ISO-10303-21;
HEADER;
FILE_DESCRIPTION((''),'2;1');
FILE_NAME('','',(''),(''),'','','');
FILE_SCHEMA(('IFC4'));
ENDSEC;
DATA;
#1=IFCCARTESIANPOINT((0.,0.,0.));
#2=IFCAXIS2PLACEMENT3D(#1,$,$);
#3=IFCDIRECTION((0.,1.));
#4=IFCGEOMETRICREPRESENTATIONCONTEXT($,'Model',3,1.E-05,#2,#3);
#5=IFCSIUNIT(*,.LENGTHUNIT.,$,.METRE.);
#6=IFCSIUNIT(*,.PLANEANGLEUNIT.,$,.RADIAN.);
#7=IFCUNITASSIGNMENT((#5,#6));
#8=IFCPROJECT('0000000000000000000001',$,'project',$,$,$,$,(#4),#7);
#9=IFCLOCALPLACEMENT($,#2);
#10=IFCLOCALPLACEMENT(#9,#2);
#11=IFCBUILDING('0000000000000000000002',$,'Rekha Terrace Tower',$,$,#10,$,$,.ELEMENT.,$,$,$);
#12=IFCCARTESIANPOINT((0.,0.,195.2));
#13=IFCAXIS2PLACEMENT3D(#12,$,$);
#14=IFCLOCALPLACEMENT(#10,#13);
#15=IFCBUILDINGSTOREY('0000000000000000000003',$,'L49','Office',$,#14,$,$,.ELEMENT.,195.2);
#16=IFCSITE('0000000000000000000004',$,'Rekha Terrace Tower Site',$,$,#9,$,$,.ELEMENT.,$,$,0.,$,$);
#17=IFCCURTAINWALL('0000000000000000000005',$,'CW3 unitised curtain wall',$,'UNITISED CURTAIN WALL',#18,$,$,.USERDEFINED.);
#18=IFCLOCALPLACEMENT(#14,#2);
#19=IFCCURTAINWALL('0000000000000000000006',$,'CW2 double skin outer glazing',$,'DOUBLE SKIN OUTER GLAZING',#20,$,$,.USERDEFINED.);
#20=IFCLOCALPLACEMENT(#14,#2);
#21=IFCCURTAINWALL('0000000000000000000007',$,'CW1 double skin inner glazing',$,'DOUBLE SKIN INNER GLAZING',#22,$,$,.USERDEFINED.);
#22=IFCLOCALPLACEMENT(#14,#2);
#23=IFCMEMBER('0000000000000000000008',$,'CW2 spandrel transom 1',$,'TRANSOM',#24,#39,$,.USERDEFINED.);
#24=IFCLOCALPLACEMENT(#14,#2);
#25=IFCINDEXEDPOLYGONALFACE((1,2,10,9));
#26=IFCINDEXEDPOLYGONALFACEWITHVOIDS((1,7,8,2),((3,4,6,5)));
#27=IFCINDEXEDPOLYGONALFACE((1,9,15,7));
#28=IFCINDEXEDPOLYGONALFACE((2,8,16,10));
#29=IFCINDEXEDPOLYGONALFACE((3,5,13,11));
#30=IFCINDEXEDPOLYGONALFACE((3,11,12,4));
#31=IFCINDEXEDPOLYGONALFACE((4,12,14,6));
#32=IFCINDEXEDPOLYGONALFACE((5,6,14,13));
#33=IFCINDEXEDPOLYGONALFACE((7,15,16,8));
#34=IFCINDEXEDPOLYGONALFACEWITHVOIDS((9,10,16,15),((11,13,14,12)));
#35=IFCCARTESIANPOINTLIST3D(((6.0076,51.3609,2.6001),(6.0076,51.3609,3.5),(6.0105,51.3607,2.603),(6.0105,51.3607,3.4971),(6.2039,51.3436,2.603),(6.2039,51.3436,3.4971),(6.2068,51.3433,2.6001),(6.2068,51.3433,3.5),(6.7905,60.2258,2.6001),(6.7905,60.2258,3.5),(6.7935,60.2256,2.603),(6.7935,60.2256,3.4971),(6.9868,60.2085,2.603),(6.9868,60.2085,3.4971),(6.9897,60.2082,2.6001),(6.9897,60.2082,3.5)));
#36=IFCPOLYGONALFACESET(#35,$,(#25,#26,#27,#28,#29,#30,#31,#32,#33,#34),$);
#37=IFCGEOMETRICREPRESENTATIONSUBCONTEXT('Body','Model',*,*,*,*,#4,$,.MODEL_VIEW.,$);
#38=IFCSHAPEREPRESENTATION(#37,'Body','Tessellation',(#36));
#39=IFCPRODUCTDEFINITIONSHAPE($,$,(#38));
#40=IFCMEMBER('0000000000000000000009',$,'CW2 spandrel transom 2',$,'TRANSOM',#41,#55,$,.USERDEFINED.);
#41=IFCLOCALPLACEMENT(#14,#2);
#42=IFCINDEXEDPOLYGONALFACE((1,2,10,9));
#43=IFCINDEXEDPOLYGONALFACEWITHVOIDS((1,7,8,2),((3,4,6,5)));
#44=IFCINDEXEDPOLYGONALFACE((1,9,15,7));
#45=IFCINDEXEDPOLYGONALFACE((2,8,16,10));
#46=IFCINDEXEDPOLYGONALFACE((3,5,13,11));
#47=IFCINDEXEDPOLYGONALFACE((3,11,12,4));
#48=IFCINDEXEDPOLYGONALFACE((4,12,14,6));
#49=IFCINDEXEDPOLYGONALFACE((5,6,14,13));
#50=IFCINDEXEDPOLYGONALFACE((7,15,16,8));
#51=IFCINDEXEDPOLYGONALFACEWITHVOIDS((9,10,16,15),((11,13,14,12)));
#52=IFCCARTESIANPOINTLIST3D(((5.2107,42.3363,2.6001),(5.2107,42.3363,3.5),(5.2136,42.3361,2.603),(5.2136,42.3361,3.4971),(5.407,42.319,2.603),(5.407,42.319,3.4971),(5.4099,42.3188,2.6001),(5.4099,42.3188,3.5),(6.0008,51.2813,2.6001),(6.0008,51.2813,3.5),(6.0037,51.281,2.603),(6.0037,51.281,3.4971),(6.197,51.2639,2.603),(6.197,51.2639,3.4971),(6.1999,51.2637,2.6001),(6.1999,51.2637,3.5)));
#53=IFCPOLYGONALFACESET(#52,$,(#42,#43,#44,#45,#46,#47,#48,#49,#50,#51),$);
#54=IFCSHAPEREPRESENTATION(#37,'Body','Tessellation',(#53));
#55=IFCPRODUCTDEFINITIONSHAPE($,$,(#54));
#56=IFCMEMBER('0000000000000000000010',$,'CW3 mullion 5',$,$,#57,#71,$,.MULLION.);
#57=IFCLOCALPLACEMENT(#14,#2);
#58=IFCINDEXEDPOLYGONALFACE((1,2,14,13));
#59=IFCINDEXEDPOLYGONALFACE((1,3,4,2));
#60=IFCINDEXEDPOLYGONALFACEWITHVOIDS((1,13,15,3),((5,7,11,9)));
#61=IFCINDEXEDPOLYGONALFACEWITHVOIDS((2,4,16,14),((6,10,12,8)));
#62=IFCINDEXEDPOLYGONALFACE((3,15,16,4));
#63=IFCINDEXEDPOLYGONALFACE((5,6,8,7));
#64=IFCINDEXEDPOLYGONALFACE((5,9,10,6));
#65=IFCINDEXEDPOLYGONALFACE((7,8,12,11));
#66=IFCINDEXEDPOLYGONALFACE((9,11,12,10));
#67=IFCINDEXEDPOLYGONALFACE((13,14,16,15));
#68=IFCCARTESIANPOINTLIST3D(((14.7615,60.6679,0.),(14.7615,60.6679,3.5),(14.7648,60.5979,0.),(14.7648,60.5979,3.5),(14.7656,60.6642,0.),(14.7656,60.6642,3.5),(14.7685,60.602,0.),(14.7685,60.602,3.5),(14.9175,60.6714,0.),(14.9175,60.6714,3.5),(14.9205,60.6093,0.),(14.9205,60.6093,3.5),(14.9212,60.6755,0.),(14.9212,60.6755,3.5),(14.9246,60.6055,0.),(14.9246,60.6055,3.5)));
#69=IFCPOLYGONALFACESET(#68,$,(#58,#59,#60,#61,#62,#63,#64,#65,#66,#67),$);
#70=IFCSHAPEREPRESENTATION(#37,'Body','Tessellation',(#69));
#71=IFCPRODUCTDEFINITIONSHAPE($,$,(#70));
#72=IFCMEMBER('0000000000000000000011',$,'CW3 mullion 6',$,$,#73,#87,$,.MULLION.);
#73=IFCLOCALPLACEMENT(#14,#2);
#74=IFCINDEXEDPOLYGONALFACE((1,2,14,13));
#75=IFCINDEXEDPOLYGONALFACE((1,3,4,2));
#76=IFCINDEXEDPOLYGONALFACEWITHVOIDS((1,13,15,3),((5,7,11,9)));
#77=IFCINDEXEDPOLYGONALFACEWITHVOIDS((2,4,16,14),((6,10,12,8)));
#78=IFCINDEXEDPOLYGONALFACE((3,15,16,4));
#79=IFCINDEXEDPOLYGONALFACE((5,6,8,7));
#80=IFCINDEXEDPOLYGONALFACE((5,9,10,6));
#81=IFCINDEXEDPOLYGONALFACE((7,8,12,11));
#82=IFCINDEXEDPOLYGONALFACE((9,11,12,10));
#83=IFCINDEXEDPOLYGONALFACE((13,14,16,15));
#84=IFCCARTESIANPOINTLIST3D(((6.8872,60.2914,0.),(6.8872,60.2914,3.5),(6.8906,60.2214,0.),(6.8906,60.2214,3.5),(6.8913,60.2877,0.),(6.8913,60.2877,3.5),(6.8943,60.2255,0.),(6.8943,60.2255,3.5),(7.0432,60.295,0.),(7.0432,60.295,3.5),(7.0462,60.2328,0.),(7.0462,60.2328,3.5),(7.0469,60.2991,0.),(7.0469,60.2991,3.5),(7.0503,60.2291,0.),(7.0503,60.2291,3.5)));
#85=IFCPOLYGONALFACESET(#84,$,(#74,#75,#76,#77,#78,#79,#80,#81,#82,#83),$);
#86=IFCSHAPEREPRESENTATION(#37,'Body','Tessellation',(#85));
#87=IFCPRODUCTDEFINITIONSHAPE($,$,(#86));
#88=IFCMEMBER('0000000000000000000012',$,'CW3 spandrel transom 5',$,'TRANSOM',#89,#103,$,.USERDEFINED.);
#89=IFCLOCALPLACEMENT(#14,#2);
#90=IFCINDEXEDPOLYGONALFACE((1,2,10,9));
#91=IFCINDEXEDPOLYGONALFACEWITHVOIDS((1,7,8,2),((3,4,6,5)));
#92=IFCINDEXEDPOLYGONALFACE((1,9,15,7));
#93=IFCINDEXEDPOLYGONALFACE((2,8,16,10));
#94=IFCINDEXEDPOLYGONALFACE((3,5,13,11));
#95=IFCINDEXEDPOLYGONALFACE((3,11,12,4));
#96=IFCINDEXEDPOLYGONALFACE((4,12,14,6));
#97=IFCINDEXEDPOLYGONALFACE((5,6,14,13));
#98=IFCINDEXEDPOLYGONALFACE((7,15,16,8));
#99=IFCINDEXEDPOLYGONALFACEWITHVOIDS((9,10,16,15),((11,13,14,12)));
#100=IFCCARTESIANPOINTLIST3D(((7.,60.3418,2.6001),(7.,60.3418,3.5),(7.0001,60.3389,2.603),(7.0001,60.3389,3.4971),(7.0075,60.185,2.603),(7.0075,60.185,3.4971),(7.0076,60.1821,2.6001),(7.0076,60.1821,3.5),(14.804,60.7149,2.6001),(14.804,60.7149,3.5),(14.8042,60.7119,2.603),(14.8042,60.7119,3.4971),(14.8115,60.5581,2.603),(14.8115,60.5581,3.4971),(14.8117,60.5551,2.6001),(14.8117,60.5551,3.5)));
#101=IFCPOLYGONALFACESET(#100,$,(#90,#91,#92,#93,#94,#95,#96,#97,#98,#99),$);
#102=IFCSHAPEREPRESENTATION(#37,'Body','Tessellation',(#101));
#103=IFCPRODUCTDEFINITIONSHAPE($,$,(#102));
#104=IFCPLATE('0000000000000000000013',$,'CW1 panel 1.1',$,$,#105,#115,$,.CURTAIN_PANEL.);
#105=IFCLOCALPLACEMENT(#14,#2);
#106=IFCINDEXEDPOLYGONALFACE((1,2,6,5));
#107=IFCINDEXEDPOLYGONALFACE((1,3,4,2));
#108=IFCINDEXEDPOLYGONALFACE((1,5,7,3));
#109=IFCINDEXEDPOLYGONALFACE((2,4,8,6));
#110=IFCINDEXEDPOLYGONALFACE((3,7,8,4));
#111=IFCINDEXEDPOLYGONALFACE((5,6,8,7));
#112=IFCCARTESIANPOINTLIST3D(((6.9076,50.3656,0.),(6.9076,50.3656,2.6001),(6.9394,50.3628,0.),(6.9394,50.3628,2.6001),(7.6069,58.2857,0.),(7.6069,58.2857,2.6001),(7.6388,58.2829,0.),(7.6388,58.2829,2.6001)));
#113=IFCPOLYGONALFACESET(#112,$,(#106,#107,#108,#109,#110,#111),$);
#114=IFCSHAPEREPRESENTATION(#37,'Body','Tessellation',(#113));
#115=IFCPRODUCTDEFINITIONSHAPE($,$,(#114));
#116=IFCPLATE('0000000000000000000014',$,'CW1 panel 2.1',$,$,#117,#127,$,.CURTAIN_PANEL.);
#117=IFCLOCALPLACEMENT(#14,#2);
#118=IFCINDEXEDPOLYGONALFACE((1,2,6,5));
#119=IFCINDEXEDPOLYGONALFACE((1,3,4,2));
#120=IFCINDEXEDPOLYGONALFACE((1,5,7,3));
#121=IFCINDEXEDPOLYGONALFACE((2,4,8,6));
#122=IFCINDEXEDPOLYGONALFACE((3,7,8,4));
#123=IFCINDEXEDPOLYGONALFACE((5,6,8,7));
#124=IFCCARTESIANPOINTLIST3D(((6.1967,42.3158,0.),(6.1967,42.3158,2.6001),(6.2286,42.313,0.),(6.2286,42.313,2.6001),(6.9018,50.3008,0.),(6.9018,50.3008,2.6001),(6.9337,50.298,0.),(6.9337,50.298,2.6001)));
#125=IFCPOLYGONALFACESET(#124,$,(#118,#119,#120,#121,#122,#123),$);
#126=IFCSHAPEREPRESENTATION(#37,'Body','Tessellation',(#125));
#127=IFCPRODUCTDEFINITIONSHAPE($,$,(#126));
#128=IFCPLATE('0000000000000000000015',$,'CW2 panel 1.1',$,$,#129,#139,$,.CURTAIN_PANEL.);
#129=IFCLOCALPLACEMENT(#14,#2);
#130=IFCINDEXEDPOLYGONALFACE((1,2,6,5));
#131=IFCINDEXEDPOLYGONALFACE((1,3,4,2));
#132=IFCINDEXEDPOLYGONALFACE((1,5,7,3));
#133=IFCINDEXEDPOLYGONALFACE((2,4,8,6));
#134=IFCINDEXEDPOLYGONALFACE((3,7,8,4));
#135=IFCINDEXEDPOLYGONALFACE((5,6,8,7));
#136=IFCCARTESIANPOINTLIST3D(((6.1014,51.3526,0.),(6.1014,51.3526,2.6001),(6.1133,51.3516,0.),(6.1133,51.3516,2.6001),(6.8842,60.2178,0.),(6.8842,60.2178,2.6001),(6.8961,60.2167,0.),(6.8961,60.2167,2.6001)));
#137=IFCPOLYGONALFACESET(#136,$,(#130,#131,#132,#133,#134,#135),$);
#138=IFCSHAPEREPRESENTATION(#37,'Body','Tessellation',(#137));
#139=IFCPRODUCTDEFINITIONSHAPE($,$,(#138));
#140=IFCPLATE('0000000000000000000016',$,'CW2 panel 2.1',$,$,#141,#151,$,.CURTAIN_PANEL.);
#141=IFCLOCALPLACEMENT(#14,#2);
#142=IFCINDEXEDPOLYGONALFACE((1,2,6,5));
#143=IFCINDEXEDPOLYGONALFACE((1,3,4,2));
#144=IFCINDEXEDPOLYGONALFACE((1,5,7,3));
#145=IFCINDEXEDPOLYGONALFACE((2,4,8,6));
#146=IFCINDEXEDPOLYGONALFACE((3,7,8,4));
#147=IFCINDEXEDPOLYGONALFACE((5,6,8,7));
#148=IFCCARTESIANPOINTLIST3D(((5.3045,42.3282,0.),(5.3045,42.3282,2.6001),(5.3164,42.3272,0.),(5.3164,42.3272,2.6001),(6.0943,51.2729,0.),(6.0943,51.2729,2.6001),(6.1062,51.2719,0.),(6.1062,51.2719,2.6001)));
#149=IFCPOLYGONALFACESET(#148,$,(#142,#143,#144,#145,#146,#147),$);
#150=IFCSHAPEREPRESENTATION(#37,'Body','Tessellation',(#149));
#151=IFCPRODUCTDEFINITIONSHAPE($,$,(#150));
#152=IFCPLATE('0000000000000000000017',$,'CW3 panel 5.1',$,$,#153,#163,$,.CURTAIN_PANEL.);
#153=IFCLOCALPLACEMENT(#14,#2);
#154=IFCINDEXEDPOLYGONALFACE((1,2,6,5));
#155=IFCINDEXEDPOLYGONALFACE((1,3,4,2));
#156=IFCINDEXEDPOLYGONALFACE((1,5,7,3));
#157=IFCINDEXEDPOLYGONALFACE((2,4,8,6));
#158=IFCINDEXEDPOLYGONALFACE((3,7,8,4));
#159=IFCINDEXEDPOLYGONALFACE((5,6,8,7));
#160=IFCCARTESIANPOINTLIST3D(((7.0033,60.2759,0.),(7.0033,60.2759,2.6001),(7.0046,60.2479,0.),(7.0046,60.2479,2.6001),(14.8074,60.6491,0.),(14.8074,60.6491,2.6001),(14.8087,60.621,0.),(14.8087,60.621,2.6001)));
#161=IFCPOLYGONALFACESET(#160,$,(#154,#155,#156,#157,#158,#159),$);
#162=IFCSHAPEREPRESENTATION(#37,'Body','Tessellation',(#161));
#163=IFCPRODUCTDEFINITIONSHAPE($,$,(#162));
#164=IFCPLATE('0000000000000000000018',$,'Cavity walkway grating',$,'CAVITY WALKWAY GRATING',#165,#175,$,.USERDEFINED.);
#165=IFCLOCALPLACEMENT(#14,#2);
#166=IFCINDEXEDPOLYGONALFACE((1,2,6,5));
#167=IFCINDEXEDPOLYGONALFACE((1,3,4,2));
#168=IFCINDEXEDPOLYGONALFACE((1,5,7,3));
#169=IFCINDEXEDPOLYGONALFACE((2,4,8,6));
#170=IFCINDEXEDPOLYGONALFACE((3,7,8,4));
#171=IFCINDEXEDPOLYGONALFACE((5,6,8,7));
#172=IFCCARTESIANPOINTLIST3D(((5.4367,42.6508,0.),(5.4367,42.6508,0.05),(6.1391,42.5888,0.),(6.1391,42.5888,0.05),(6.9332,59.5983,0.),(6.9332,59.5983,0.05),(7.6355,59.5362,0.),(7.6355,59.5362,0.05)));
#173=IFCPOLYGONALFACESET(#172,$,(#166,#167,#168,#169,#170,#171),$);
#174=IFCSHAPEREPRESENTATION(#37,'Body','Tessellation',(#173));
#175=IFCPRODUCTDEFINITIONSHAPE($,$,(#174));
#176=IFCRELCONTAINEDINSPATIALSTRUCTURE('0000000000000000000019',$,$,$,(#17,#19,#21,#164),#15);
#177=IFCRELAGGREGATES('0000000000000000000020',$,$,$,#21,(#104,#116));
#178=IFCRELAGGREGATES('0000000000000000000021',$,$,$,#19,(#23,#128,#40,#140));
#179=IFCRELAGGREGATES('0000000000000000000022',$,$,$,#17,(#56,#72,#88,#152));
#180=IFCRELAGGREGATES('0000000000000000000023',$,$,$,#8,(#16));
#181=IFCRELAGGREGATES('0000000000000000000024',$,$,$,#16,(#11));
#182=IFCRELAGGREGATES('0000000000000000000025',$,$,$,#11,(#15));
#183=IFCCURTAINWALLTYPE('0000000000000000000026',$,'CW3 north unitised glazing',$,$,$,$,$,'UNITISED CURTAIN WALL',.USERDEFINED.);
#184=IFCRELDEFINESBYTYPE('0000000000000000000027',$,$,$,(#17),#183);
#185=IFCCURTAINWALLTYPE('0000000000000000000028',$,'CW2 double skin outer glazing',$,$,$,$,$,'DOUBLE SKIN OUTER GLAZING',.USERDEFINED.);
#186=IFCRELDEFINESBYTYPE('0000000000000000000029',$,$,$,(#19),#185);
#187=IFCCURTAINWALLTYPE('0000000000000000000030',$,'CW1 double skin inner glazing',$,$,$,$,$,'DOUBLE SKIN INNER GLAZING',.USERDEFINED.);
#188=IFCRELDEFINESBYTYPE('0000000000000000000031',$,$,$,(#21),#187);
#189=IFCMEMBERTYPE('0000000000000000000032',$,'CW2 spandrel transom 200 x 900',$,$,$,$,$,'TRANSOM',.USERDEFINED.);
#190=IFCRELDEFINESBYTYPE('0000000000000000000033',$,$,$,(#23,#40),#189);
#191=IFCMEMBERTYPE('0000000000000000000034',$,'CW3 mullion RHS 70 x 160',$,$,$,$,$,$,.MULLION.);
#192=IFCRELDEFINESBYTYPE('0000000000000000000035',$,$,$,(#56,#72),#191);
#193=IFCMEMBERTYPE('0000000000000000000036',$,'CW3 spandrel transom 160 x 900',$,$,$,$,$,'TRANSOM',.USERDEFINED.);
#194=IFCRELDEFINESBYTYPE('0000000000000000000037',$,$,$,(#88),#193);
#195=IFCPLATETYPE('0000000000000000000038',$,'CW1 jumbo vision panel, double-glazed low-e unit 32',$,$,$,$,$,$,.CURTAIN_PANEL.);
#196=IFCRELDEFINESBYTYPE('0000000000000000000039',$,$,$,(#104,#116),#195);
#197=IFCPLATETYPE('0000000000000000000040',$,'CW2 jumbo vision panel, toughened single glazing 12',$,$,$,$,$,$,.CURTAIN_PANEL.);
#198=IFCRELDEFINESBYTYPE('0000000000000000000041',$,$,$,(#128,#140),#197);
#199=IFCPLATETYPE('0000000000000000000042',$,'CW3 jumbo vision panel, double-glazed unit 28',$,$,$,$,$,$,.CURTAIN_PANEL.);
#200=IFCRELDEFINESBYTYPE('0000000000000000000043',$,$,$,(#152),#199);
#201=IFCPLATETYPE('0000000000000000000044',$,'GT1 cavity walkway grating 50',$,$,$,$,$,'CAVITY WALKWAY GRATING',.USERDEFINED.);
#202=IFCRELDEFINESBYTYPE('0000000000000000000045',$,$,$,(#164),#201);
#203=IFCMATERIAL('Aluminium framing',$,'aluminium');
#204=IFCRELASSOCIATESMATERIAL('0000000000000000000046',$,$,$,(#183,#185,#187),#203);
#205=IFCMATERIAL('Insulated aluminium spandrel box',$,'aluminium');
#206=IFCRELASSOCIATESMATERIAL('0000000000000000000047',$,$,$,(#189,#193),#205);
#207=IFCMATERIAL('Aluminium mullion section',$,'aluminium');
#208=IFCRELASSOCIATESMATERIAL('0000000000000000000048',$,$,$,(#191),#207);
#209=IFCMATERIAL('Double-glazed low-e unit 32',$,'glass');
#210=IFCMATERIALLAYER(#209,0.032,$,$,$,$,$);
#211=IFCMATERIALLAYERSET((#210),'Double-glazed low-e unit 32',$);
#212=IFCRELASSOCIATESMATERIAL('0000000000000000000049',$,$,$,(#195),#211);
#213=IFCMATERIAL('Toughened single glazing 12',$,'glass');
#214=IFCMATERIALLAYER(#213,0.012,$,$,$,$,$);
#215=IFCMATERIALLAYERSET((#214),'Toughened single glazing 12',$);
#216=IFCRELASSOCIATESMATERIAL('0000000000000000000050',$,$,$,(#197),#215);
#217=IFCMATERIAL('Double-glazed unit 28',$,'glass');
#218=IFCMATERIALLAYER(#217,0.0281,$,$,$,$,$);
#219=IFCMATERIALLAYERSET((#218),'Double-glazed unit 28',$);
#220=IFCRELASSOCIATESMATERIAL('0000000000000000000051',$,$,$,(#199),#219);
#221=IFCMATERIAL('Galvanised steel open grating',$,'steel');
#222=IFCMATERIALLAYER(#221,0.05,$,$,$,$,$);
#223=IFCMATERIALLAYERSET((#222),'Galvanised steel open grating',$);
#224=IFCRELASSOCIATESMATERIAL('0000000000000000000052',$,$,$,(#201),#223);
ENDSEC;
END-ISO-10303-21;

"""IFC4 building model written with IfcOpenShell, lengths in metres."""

from ifc_helpers import new_model, si_unit, direction, frame, origin, origin_2d, place, context, subcontext, project, spatial, rectangle, hollow_rectangle, extrude, material, layer, layer_set, material_profile, profile_set, type_object, element, aggregate, save


model = new_model("IFC4")

# Units and contexts
model_context = context("Model", 3, precision=1e-05, world=origin(), true_north=direction((0.0, 1.0)))
body_context = subcontext(model_context, "Body", "Model", "MODEL_VIEW")
ifc_project = project(units=[si_unit("LENGTHUNIT", "METRE"), si_unit("PLANEANGLEUNIT", "RADIAN")], contexts=[model_context])

# Site, building, storey
site_placement = place(None, origin())
site = spatial("IfcSite", under=ifc_project, at=site_placement, Name="Rekha Terrace Tower Site", CompositionType="ELEMENT", RefElevation=0.0)
building_placement = place(site_placement, origin())
building = spatial("IfcBuilding", under=site, at=building_placement, Name="Rekha Terrace Tower", CompositionType="ELEMENT")
storey_placement = place(building_placement, frame((0.0, 0.0, 195.2)))
storey = spatial("IfcBuildingStorey", under=building, at=storey_placement, Name="L49", Description="Office", CompositionType="ELEMENT", Elevation=195.2)

# Curtain walls
ifc_material_1 = material(Name="Aluminium framing", Category="aluminium")
curtain_wall_type_1 = type_object("IfcCurtainWallType", Name="CW3 north unitised glazing", ElementType="UNITISED CURTAIN WALL", PredefinedType="USERDEFINED", material=ifc_material_1)
curtain_wall_1_placement = place(storey_placement, origin())
curtain_wall_1 = element("IfcCurtainWall", 1, at=curtain_wall_1_placement, inside=storey, type_object=curtain_wall_type_1, Name="CW3 unitised curtain wall", ObjectType="UNITISED CURTAIN WALL", PredefinedType="USERDEFINED")
curtain_wall_type_2 = type_object("IfcCurtainWallType", Name="CW2 double skin outer glazing", ElementType="DOUBLE SKIN OUTER GLAZING", PredefinedType="USERDEFINED", material=ifc_material_1)
curtain_wall_2_placement = place(storey_placement, origin())
curtain_wall_2 = element("IfcCurtainWall", 2, at=curtain_wall_2_placement, inside=storey, type_object=curtain_wall_type_2, Name="CW2 double skin outer glazing", ObjectType="DOUBLE SKIN OUTER GLAZING", PredefinedType="USERDEFINED")

# Curtain wall
curtain_wall_type_3 = type_object("IfcCurtainWallType", Name="CW1 double skin inner glazing", ElementType="DOUBLE SKIN INNER GLAZING", PredefinedType="USERDEFINED", material=ifc_material_1)
curtain_wall_3_placement = place(storey_placement, origin())
curtain_wall_3 = element("IfcCurtainWall", 3, at=curtain_wall_3_placement, inside=storey, type_object=curtain_wall_type_3, Name="CW1 double skin inner glazing", ObjectType="DOUBLE SKIN INNER GLAZING", PredefinedType="USERDEFINED")
ifc_material_2 = material(Name="Aluminium mullion section", Category="aluminium")
ifc_material_3 = material(Name="Insulated aluminium spandrel box", Category="aluminium")

# Members
ifc_material_profile_1 = material_profile(ifc_material_3, hollow_rectangle(XDim=0.2, YDim=0.8999, WallThickness=0.0029, at=origin_2d()), Name="AL SPANDREL BOX 200x900")
ifc_profile_set_1 = profile_set([ifc_material_profile_1], Name="Insulated aluminium spandrel box")
member_type_1 = type_object("IfcMemberType", Name="CW2 spandrel transom 200 x 900", ElementType="TRANSOM", PredefinedType="USERDEFINED", material=ifc_profile_set_1)
member_1_placement = place(storey_placement, frame((6.8901, 60.217, 3.05), z_axis=(-0.087978, -0.996122, 0.0), x_axis=(0.996122, -0.087978, 0.0)))
member_1 = element("IfcMember", 4, at=member_1_placement, type_object=member_type_1, Name="CW2 spandrel transom 1", ObjectType="TRANSOM", PredefinedType="USERDEFINED", context=body_context, shape_type="SweptSolid", body=[
    extrude(hollow_rectangle(XDim=0.2, YDim=0.8999, WallThickness=0.0029, at=origin_2d()), origin(), (0.0, 0.0, 1.0), 8.8994),
])
member_2_placement = place(storey_placement, frame((6.1003, 51.2725, 3.05), z_axis=(-0.087981, -0.996122, 0.0), x_axis=(0.996122, -0.087981, 0.0)))
member_2 = element("IfcMember", 5, at=member_2_placement, type_object=member_type_1, Name="CW2 spandrel transom 2", ObjectType="TRANSOM", PredefinedType="USERDEFINED", context=body_context, shape_type="SweptSolid", body=[
    extrude(hollow_rectangle(XDim=0.2, YDim=0.8999, WallThickness=0.0029, at=origin_2d()), origin(), (0.0, 0.0, 1.0), 8.9797),
])
ifc_material_profile_2 = material_profile(ifc_material_2, hollow_rectangle(XDim=0.0701, YDim=0.1599, WallThickness=0.0039, at=origin_2d()), Name="AL RHS 70x160")
ifc_profile_set_2 = profile_set([ifc_material_profile_2], Name="Aluminium mullion section")
member_type_2 = type_object("IfcMemberType", Name="CW3 mullion RHS 70 x 160", PredefinedType="MULLION", material=ifc_profile_set_2)
member_3_placement = place(storey_placement, frame((14.843, 60.6367, 0.0), z_axis=(0.0, 0.0, 1.0), x_axis=(0.047759, -0.998859, 0.0)))
member_3 = element("IfcMember", 6, at=member_3_placement, type_object=member_type_2, Name="CW3 mullion 5", PredefinedType="MULLION", context=body_context, shape_type="SweptSolid", body=[
    extrude(hollow_rectangle(XDim=0.0701, YDim=0.1599, WallThickness=0.0039, at=origin_2d()), origin(), (0.0, 0.0, 1.0), 3.5),
])
member_4_placement = place(storey_placement, frame((6.9688, 60.2603, 0.0), z_axis=(0.0, 0.0, 1.0), x_axis=(0.047759, -0.998859, 0.0)))
member_4 = element("IfcMember", 7, at=member_4_placement, type_object=member_type_2, Name="CW3 mullion 6", PredefinedType="MULLION", context=body_context, shape_type="SweptSolid", body=[
    extrude(hollow_rectangle(XDim=0.0701, YDim=0.1599, WallThickness=0.0039, at=origin_2d()), origin(), (0.0, 0.0, 1.0), 3.5),
])
ifc_material_profile_3 = material_profile(ifc_material_3, hollow_rectangle(XDim=0.1599, YDim=0.8999, WallThickness=0.0029, at=origin_2d()), Name="AL SPANDREL BOX 160x900")
ifc_profile_set_3 = profile_set([ifc_material_profile_3], Name="Insulated aluminium spandrel box")
member_type_3 = type_object("IfcMemberType", Name="CW3 spandrel transom 160 x 900", ElementType="TRANSOM", PredefinedType="USERDEFINED", material=ifc_profile_set_3)
member_5_placement = place(storey_placement, frame((14.8079, 60.635, 3.05), z_axis=(-0.998859, -0.047748, 0.0), x_axis=(0.047748, -0.998859, 0.0)))
member_5 = element("IfcMember", 8, at=member_5_placement, type_object=member_type_3, Name="CW3 spandrel transom 5", ObjectType="TRANSOM", PredefinedType="USERDEFINED", context=body_context, shape_type="SweptSolid", body=[
    extrude(hollow_rectangle(XDim=0.1599, YDim=0.8999, WallThickness=0.0029, at=origin_2d()), origin(), (0.0, 0.0, 1.0), 7.813),
])

# Plates
ifc_material_4 = material(Name="Double-glazed low-e unit 32", Category="glass")
ifc_layer_1 = layer(ifc_material_4, 0.032)
ifc_layer_set_1 = layer_set([ifc_layer_1], Name="Double-glazed low-e unit 32")
plate_type_1 = type_object("IfcPlateType", Name="CW1 jumbo vision panel, double-glazed low-e unit 32", PredefinedType="CURTAIN_PANEL", material=ifc_layer_set_1)
plate_1_placement = place(storey_placement, frame((7.2732, 54.3242, 0.0), z_axis=(0.0, 0.0, 1.0), x_axis=(-0.087958, -0.996124, 0.0)))
plate_1 = element("IfcPlate", 9, at=plate_1_placement, type_object=plate_type_1, Name="CW1 panel 1.1", PredefinedType="CURTAIN_PANEL", context=body_context, shape_type="SweptSolid", body=[
    extrude(rectangle(XDim=7.9509, YDim=0.032, at=origin_2d()), origin(), (0.0, 0.0, 1.0), 2.6001),
])
plate_2_placement = place(storey_placement, frame((6.5652, 46.3069, 0.0), z_axis=(0.0, 0.0, 1.0), x_axis=(-0.087958, -0.996124, 0.0)))
plate_2 = element("IfcPlate", 10, at=plate_2_placement, type_object=plate_type_1, Name="CW1 panel 2.1", PredefinedType="CURTAIN_PANEL", context=body_context, shape_type="SweptSolid", body=[
    extrude(rectangle(XDim=8.0161, YDim=0.032, at=origin_2d()), origin(), (0.0, 0.0, 1.0), 2.6001),
])
aggregate(curtain_wall_3, [plate_1, plate_2])
ifc_material_5 = material(Name="Toughened single glazing 12", Category="glass")
ifc_layer_2 = layer(ifc_material_5, 0.012)
ifc_layer_set_2 = layer_set([ifc_layer_2], Name="Toughened single glazing 12")
plate_type_2 = type_object("IfcPlateType", Name="CW2 jumbo vision panel, toughened single glazing 12", PredefinedType="CURTAIN_PANEL", material=ifc_layer_set_2)
plate_3_placement = place(storey_placement, frame((6.4988, 55.7847, 0.0), z_axis=(0.0, 0.0, 1.0), x_axis=(-0.087958, -0.996124, 0.0)))
plate_3 = element("IfcPlate", 11, at=plate_3_placement, type_object=plate_type_2, Name="CW2 panel 1.1", PredefinedType="CURTAIN_PANEL", context=body_context, shape_type="SweptSolid", body=[
    extrude(rectangle(XDim=8.8997, YDim=0.012, at=origin_2d()), origin(), (0.0, 0.0, 1.0), 2.6001),
])
plate_4_placement = place(storey_placement, frame((5.7053, 46.8, 0.0), z_axis=(0.0, 0.0, 1.0), x_axis=(-0.087958, -0.996124, 0.0)))
plate_4 = element("IfcPlate", 12, at=plate_4_placement, type_object=plate_type_2, Name="CW2 panel 2.1", PredefinedType="CURTAIN_PANEL", context=body_context, shape_type="SweptSolid", body=[
    extrude(rectangle(XDim=8.9795, YDim=0.012, at=origin_2d()), origin(), (0.0, 0.0, 1.0), 2.6001),
])
aggregate(curtain_wall_2, [member_1, plate_3, member_2, plate_4])
ifc_material_6 = material(Name="Double-glazed unit 28", Category="glass")
ifc_layer_3 = layer(ifc_material_6, 0.0281)
ifc_layer_set_3 = layer_set([ifc_layer_3], Name="Double-glazed unit 28")
plate_type_3 = type_object("IfcPlateType", Name="CW3 jumbo vision panel, double-glazed unit 28", PredefinedType="CURTAIN_PANEL", material=ifc_layer_set_3)
plate_5_placement = place(storey_placement, frame((10.906, 60.4485, 0.0), z_axis=(0.0, 0.0, 1.0), x_axis=(-0.998859, -0.047759, 0.0)))
plate_5 = element("IfcPlate", 13, at=plate_5_placement, type_object=plate_type_3, Name="CW3 panel 5.1", PredefinedType="CURTAIN_PANEL", context=body_context, shape_type="SweptSolid", body=[
    extrude(rectangle(XDim=7.813, YDim=0.0281, at=origin_2d()), origin(), (0.0, 0.0, 1.0), 2.6001),
])
aggregate(curtain_wall_1, [member_3, member_4, member_5, plate_5])
ifc_material_7 = material(Name="Galvanised steel open grating", Category="steel")
ifc_layer_4 = layer(ifc_material_7, 0.05)
ifc_layer_set_4 = layer_set([ifc_layer_4], Name="Galvanised steel open grating")
plate_type_4 = type_object("IfcPlateType", Name="GT1 cavity walkway grating 50", ElementType="CAVITY WALKWAY GRATING", PredefinedType="USERDEFINED", material=ifc_layer_set_4)
plate_6_placement = place(storey_placement, frame((6.5361, 51.0935, 0.0), z_axis=(0.0, 0.0, 1.0), x_axis=(-0.087958, -0.996124, 0.0)))
element("IfcPlate", 14, at=plate_6_placement, inside=storey, type_object=plate_type_4, Name="Cavity walkway grating", ObjectType="CAVITY WALKWAY GRATING", PredefinedType="USERDEFINED", context=body_context, shape_type="SweptSolid", body=[
    extrude(rectangle(XDim=17.0134, YDim=0.7051, at=origin_2d()), origin(), (0.0, 0.0, 1.0), 0.05),
])

save(model, "model.ifc")
